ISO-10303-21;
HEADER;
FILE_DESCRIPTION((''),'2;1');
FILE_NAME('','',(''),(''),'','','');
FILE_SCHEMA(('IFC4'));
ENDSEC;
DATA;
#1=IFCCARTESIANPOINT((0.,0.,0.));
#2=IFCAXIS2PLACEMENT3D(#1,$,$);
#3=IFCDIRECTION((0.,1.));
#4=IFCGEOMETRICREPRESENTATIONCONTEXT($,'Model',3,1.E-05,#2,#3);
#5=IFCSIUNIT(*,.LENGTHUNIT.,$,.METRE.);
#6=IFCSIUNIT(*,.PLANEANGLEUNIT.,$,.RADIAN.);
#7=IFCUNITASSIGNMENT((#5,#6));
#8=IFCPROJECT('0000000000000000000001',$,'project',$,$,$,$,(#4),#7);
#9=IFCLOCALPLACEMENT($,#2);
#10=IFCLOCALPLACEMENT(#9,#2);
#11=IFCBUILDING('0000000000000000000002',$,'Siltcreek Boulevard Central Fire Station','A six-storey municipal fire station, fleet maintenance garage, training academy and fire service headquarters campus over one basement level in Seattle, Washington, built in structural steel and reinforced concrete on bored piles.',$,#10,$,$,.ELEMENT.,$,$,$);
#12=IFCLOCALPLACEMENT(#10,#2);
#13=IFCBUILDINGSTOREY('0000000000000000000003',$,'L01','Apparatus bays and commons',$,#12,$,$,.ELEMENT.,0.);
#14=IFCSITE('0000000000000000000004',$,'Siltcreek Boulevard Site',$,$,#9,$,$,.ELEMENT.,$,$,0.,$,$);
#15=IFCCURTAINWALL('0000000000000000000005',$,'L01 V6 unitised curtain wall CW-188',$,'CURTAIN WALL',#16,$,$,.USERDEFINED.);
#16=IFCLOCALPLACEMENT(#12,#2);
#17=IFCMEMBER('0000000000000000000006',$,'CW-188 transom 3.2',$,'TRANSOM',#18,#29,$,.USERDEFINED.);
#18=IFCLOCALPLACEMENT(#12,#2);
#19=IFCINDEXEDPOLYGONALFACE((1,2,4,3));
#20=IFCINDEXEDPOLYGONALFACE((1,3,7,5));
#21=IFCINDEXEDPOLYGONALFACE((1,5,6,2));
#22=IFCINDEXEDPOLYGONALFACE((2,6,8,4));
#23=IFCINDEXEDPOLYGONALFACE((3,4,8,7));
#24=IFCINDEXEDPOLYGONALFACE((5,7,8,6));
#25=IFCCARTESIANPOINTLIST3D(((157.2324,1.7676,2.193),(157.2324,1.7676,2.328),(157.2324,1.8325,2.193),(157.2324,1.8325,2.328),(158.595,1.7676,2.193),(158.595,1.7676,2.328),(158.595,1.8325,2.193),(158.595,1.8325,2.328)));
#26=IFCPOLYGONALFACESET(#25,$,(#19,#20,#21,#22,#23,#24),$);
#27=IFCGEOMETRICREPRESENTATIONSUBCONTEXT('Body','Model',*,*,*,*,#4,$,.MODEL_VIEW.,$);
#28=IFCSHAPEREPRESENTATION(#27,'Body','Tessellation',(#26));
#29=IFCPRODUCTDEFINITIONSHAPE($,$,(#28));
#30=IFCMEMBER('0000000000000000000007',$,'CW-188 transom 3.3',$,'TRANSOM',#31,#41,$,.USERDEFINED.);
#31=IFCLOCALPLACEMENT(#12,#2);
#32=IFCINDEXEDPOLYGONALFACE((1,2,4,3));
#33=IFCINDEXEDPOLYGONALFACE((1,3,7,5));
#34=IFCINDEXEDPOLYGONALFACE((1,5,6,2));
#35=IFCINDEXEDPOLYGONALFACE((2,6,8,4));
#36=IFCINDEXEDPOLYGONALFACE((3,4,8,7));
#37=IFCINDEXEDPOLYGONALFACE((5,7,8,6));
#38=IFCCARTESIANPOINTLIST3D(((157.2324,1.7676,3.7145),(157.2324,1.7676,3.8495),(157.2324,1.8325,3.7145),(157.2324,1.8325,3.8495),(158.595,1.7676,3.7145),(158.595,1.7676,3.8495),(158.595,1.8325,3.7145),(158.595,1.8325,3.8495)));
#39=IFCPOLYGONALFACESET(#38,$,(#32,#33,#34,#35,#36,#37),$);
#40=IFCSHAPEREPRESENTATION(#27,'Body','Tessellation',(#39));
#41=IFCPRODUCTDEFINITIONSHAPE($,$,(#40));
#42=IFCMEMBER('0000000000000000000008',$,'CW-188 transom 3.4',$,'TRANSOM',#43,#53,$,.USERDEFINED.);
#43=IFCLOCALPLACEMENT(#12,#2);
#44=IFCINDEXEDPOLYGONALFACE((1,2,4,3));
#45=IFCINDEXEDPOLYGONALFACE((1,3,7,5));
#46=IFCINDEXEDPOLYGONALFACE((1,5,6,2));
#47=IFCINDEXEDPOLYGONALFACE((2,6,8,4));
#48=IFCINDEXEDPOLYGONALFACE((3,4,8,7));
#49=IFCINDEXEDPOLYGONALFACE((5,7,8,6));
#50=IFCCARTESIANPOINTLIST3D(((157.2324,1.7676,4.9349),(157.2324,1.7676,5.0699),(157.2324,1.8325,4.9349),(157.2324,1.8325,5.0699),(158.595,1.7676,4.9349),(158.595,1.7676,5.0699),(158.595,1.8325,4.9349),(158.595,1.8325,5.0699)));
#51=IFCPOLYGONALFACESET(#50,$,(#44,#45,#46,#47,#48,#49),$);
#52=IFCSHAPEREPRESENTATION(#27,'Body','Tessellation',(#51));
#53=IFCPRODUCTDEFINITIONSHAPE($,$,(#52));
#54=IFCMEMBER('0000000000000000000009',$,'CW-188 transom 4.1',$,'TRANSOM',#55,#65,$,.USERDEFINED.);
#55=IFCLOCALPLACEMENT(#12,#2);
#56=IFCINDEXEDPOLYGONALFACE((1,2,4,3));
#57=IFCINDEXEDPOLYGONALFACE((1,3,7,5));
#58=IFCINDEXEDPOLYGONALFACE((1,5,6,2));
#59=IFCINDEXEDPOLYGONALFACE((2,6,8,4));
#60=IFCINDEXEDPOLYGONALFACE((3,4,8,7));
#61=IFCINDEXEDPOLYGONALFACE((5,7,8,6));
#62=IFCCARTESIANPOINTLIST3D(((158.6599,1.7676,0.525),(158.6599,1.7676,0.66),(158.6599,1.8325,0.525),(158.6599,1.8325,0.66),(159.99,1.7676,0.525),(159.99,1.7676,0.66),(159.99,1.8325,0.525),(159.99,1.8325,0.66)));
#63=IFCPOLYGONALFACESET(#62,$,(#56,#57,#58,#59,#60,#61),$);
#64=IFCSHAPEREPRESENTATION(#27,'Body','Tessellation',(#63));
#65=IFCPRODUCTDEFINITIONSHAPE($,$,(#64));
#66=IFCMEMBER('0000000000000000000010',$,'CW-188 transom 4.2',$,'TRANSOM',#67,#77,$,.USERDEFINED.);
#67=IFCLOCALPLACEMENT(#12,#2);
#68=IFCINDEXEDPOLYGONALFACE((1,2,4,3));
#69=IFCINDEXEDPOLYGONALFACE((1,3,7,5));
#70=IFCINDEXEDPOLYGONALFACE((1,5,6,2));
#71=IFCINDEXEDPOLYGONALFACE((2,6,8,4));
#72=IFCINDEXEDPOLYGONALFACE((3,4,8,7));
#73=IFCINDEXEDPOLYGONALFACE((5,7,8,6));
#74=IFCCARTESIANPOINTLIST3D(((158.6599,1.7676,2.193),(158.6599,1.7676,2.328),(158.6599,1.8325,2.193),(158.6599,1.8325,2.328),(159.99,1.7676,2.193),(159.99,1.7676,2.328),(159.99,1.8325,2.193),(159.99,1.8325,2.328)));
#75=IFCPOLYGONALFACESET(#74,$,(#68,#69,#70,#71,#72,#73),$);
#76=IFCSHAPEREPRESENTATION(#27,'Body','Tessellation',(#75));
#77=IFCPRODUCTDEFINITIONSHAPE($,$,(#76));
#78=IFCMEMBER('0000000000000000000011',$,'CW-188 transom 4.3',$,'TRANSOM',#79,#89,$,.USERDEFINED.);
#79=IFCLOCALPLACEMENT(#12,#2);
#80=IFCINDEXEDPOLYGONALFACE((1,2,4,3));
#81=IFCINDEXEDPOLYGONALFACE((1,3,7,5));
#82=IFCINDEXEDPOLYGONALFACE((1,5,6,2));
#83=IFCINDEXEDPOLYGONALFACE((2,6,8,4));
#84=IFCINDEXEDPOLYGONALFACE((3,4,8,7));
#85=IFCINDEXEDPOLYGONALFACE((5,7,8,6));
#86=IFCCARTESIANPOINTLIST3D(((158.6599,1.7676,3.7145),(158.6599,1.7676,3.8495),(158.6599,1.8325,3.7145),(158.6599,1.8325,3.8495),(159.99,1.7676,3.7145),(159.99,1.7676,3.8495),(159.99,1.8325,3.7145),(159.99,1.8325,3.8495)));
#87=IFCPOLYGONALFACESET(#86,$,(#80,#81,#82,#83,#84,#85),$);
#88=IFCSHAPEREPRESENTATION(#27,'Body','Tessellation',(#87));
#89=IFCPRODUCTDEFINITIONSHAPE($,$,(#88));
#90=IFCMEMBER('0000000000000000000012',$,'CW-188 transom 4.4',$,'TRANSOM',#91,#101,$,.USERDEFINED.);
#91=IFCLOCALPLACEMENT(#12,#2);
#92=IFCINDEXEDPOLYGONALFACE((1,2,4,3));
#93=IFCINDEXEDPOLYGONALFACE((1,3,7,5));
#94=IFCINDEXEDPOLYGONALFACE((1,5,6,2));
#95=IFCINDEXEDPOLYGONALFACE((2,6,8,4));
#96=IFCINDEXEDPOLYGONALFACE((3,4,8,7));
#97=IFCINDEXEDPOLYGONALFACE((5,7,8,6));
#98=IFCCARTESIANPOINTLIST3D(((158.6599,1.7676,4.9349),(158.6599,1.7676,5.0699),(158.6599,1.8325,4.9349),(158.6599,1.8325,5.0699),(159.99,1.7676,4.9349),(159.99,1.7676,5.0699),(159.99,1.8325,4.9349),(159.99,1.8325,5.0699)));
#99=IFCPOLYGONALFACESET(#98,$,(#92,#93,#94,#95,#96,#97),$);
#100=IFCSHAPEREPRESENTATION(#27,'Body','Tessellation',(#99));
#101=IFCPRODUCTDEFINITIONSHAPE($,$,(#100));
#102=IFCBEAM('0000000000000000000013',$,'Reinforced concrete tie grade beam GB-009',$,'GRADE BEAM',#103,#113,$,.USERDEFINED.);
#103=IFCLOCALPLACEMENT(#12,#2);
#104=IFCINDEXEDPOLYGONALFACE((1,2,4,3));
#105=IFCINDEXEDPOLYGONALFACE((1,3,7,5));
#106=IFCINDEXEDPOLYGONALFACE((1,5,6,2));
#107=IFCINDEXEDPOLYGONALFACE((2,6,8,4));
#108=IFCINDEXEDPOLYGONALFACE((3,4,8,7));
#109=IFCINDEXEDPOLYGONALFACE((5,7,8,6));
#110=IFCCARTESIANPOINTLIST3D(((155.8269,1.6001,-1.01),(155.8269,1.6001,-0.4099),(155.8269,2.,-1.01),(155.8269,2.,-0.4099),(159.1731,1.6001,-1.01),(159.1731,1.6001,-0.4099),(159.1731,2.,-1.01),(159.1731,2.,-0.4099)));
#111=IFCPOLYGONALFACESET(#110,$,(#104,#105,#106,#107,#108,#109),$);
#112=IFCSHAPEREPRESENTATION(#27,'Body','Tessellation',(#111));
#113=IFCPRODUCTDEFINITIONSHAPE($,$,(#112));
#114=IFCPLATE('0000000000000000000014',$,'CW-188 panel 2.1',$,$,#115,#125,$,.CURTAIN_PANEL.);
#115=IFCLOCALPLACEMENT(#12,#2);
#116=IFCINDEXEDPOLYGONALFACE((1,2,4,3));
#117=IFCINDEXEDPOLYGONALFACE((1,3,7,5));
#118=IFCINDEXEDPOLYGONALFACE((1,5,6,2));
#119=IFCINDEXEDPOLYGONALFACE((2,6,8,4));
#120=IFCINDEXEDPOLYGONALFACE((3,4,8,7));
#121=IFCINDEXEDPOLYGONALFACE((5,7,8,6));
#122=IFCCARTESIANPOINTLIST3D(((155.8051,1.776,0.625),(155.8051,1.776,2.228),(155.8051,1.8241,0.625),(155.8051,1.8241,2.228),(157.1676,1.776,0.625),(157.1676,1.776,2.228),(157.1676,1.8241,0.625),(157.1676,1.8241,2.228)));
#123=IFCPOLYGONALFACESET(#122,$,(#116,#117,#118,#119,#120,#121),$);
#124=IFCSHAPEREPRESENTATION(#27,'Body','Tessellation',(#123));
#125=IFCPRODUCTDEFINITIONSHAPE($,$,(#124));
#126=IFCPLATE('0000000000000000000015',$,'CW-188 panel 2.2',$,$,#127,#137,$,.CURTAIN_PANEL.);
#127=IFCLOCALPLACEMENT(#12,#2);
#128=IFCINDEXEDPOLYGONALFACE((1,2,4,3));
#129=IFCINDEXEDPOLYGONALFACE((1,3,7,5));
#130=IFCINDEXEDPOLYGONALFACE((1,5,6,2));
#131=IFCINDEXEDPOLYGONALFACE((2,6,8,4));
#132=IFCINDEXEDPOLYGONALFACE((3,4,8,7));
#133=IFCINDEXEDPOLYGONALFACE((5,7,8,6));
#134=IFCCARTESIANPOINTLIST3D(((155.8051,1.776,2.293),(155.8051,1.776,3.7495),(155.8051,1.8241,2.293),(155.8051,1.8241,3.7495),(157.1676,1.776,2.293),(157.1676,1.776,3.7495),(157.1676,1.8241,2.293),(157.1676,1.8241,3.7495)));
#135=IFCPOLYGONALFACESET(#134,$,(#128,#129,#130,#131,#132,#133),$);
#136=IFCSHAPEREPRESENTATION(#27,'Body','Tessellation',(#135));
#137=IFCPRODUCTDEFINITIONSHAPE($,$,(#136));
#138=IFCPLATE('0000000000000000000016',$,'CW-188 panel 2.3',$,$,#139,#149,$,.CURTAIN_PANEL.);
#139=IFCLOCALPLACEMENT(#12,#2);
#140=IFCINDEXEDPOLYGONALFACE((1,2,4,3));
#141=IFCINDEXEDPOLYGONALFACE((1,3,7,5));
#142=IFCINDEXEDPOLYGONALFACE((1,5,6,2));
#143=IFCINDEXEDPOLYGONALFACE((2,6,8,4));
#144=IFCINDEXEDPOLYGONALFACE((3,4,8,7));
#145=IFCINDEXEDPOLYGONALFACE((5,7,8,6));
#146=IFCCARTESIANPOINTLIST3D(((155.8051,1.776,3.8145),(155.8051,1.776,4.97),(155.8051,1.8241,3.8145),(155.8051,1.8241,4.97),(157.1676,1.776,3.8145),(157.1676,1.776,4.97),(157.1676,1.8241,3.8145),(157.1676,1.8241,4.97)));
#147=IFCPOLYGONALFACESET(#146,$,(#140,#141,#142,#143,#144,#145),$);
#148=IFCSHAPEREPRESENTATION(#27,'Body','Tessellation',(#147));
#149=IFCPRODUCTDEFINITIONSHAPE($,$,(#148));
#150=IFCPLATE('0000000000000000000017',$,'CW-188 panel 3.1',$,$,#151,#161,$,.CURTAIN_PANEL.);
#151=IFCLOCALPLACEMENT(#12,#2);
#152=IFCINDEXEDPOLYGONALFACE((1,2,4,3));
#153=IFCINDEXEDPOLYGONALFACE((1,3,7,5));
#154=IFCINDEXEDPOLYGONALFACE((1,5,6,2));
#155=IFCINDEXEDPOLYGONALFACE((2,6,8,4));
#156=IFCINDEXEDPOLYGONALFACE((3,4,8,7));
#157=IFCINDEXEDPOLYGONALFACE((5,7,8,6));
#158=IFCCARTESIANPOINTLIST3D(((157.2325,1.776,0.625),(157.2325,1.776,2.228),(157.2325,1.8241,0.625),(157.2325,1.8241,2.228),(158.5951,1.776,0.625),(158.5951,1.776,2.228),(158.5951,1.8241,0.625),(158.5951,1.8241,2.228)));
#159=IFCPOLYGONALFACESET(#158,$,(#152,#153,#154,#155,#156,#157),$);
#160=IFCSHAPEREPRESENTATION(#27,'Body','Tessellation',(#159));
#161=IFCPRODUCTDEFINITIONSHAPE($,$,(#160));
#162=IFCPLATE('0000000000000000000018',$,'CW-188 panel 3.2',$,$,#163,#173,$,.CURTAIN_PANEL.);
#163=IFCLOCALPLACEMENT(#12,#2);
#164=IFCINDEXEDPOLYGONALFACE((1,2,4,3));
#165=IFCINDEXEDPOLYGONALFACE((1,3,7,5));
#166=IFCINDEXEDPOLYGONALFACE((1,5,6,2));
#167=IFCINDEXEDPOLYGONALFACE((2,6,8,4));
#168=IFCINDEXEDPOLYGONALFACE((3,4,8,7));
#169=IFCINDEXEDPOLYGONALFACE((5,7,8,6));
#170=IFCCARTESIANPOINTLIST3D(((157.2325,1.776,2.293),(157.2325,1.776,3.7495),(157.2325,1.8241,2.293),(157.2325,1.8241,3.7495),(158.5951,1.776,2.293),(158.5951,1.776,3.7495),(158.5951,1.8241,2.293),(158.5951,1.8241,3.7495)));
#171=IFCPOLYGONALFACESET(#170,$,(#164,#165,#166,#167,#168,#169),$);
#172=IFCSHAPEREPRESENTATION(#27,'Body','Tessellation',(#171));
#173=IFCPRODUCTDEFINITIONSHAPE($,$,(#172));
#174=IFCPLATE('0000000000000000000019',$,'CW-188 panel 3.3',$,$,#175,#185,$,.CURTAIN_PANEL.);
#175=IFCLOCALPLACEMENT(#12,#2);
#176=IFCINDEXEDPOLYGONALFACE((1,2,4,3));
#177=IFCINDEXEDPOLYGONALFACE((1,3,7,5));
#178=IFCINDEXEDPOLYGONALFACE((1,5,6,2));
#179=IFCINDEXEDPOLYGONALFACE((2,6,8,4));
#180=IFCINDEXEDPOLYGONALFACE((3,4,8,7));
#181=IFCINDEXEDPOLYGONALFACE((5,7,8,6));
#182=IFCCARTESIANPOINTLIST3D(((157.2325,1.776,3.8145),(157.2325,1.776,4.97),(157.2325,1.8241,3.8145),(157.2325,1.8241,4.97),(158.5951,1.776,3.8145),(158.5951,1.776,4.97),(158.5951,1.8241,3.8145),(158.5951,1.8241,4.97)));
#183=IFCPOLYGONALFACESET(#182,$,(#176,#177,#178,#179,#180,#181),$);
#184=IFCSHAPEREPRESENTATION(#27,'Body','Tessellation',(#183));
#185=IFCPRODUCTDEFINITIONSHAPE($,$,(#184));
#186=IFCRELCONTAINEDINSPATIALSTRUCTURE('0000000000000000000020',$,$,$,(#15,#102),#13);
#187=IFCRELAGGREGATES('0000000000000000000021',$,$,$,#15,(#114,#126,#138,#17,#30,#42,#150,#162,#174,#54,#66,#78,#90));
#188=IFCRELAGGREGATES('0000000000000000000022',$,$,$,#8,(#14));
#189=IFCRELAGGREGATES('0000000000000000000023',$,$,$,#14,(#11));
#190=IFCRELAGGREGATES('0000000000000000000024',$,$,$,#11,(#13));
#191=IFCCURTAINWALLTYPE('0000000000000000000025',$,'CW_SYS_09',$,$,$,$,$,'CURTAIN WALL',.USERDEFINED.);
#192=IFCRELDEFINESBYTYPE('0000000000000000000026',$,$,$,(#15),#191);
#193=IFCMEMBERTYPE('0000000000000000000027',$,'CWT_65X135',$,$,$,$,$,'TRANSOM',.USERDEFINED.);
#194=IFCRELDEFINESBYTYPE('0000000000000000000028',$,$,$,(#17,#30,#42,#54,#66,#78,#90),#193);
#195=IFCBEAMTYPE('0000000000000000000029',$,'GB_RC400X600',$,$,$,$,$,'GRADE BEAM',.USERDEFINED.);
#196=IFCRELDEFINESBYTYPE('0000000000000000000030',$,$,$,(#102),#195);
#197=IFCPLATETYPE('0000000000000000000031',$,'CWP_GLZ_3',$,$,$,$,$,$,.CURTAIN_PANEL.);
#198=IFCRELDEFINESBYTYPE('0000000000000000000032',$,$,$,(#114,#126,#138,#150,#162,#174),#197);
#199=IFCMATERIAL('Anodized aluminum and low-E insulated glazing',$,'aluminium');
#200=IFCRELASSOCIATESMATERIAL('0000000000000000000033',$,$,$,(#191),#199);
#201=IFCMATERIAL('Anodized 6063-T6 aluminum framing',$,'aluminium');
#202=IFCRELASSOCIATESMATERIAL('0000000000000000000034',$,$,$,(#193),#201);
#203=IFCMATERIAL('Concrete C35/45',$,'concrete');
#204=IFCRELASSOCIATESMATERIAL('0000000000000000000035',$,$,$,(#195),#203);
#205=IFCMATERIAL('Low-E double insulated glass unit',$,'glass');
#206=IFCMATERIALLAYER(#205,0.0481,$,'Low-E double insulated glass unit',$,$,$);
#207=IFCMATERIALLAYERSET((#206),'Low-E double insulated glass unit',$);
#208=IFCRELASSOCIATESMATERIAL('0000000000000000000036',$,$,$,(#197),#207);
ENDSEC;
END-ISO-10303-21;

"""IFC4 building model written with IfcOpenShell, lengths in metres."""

from ifc_helpers import new_model, si_unit, direction, frame, origin, origin_2d, place, context, subcontext, project, spatial, rectangle, extrude, material, layer, layer_set, material_profile, profile_set, type_object, element, aggregate, save


model = new_model("IFC4")

# Units and contexts
model_context = context("Model", 3, precision=1e-05, world=origin(), true_north=direction((0.0, 1.0)))
body_context = subcontext(model_context, "Body", "Model", "MODEL_VIEW")
ifc_project = project(units=[si_unit("LENGTHUNIT", "METRE"), si_unit("PLANEANGLEUNIT", "RADIAN")], contexts=[model_context])

# Site, building, storey
site_placement = place(None, origin())
site = spatial("IfcSite", under=ifc_project, at=site_placement, Name="Siltcreek Boulevard Site", CompositionType="ELEMENT", RefElevation=0.0)
building_placement = place(site_placement, origin())
building = spatial("IfcBuilding", under=site, at=building_placement, Name="Siltcreek Boulevard Central Fire Station", Description="A six-storey municipal fire station, fleet maintenance garage, training academy and fire service headquarters campus over one basement level in Seattle, Washington, built in structural steel and reinforced concrete on bored piles.", CompositionType="ELEMENT")
storey_placement = place(building_placement, origin())
storey = spatial("IfcBuildingStorey", under=building, at=storey_placement, Name="L01", Description="Apparatus bays and commons", CompositionType="ELEMENT", Elevation=0.0)

# Shared definitions
ifc_material_1 = material(Name="Concrete C35/45", Category="concrete")

# Shared definitions
ifc_material_2 = material(Name="Anodized aluminum and low-E insulated glazing", Category="aluminium")
ifc_material_3 = material(Name="Anodized 6063-T6 aluminum framing", Category="aluminium")

# Curtain wall, members
curtain_wall_type_1 = type_object("IfcCurtainWallType", Name="CW_SYS_09", ElementType="CURTAIN WALL", PredefinedType="USERDEFINED", material=ifc_material_2)
curtain_wall_1_placement = place(storey_placement, origin())
curtain_wall_1 = element("IfcCurtainWall", 1, at=curtain_wall_1_placement, inside=storey, type_object=curtain_wall_type_1, Name="L01 V6 unitised curtain wall CW-188", ObjectType="CURTAIN WALL", PredefinedType="USERDEFINED")
ifc_material_profile_1 = material_profile(ifc_material_3, rectangle(XDim=0.0649, YDim=0.135, at=origin_2d()), Name="TRAN65X135")
ifc_profile_set_1 = profile_set([ifc_material_profile_1], Name="Anodized 6063-T6 aluminum framing")
member_type_1 = type_object("IfcMemberType", Name="CWT_65X135", ElementType="TRANSOM", PredefinedType="USERDEFINED", material=ifc_profile_set_1)
member_1_placement = place(storey_placement, frame((157.2324, 1.8, 2.2605), z_axis=(1.0, 0.0, 0.0), x_axis=(0.0, 1.0, 0.0)))
member_1 = element("IfcMember", 2, at=member_1_placement, type_object=member_type_1, Name="CW-188 transom 3.2", ObjectType="TRANSOM", PredefinedType="USERDEFINED", context=body_context, shape_type="SweptSolid", body=[
    extrude(rectangle(XDim=0.0649, YDim=0.135, at=origin_2d()), origin(), (0.0, 0.0, 1.0), 1.3625),
])
member_2_placement = place(storey_placement, frame((157.2324, 1.8, 3.782), z_axis=(1.0, 0.0, 0.0), x_axis=(0.0, 1.0, 0.0)))
member_2 = element("IfcMember", 3, at=member_2_placement, type_object=member_type_1, Name="CW-188 transom 3.3", ObjectType="TRANSOM", PredefinedType="USERDEFINED", context=body_context, shape_type="SweptSolid", body=[
    extrude(rectangle(XDim=0.0649, YDim=0.135, at=origin_2d()), origin(), (0.0, 0.0, 1.0), 1.3625),
])
member_3_placement = place(storey_placement, frame((157.2324, 1.8, 5.0024), z_axis=(1.0, 0.0, 0.0), x_axis=(0.0, 1.0, 0.0)))
member_3 = element("IfcMember", 4, at=member_3_placement, type_object=member_type_1, Name="CW-188 transom 3.4", ObjectType="TRANSOM", PredefinedType="USERDEFINED", context=body_context, shape_type="SweptSolid", body=[
    extrude(rectangle(XDim=0.0649, YDim=0.135, at=origin_2d()), origin(), (0.0, 0.0, 1.0), 1.3625),
])
member_4_placement = place(storey_placement, frame((158.6599, 1.8, 0.5925), z_axis=(1.0, 0.0, 0.0), x_axis=(0.0, 1.0, 0.0)))
member_4 = element("IfcMember", 5, at=member_4_placement, type_object=member_type_1, Name="CW-188 transom 4.1", ObjectType="TRANSOM", PredefinedType="USERDEFINED", context=body_context, shape_type="SweptSolid", body=[
    extrude(rectangle(XDim=0.0649, YDim=0.135, at=origin_2d()), origin(), (0.0, 0.0, 1.0), 1.3301),
])
member_5_placement = place(storey_placement, frame((158.6599, 1.8, 2.2605), z_axis=(1.0, 0.0, 0.0), x_axis=(0.0, 1.0, 0.0)))
member_5 = element("IfcMember", 6, at=member_5_placement, type_object=member_type_1, Name="CW-188 transom 4.2", ObjectType="TRANSOM", PredefinedType="USERDEFINED", context=body_context, shape_type="SweptSolid", body=[
    extrude(rectangle(XDim=0.0649, YDim=0.135, at=origin_2d()), origin(), (0.0, 0.0, 1.0), 1.3301),
])
member_6_placement = place(storey_placement, frame((158.6599, 1.8, 3.782), z_axis=(1.0, 0.0, 0.0), x_axis=(0.0, 1.0, 0.0)))
member_6 = element("IfcMember", 7, at=member_6_placement, type_object=member_type_1, Name="CW-188 transom 4.3", ObjectType="TRANSOM", PredefinedType="USERDEFINED", context=body_context, shape_type="SweptSolid", body=[
    extrude(rectangle(XDim=0.0649, YDim=0.135, at=origin_2d()), origin(), (0.0, 0.0, 1.0), 1.3301),
])
member_7_placement = place(storey_placement, frame((158.6599, 1.8, 5.0024), z_axis=(1.0, 0.0, 0.0), x_axis=(0.0, 1.0, 0.0)))
member_7 = element("IfcMember", 8, at=member_7_placement, type_object=member_type_1, Name="CW-188 transom 4.4", ObjectType="TRANSOM", PredefinedType="USERDEFINED", context=body_context, shape_type="SweptSolid", body=[
    extrude(rectangle(XDim=0.0649, YDim=0.135, at=origin_2d()), origin(), (0.0, 0.0, 1.0), 1.3301),
])

# Beam
ifc_material_profile_2 = material_profile(ifc_material_1, rectangle(XDim=0.3999, YDim=0.6001, at=origin_2d()), Name="RC400X600")
ifc_profile_set_2 = profile_set([ifc_material_profile_2], Name="Concrete C35/45")
beam_type = type_object("IfcBeamType", Name="GB_RC400X600", ElementType="GRADE BEAM", PredefinedType="USERDEFINED", material=ifc_profile_set_2)
beam_placement = place(storey_placement, frame((155.8269, 1.8, -0.71), z_axis=(1.0, 0.0, 0.0), x_axis=(0.0, 1.0, 0.0)))
element("IfcBeam", 9, at=beam_placement, inside=storey, type_object=beam_type, Name="Reinforced concrete tie grade beam GB-009", ObjectType="GRADE BEAM", PredefinedType="USERDEFINED", context=body_context, shape_type="SweptSolid", body=[
    extrude(rectangle(XDim=0.3999, YDim=0.6001, at=origin_2d()), origin(), (0.0, 0.0, 1.0), 3.3462),
])

# Plates
ifc_material_4 = material(Name="Low-E double insulated glass unit", Category="glass")
ifc_layer_1 = layer(ifc_material_4, 0.0481, Name="Low-E double insulated glass unit")
ifc_layer_set_1 = layer_set([ifc_layer_1], Name="Low-E double insulated glass unit")
plate_type = type_object("IfcPlateType", Name="CWP_GLZ_3", PredefinedType="CURTAIN_PANEL", material=ifc_layer_set_1)
plate_1_placement = place(storey_placement, frame((156.4863, 1.8, 0.625), z_axis=(0.0, 0.0, 1.0), x_axis=(1.0, 0.0, 0.0)))
plate_1 = element("IfcPlate", 10, at=plate_1_placement, type_object=plate_type, Name="CW-188 panel 2.1", PredefinedType="CURTAIN_PANEL", context=body_context, shape_type="SweptSolid", body=[
    extrude(rectangle(XDim=1.3625, YDim=0.0481, at=origin_2d()), origin(), (0.0, 0.0, 1.0), 1.603),
])
plate_2_placement = place(storey_placement, frame((156.4863, 1.8, 2.293), z_axis=(0.0, 0.0, 1.0), x_axis=(1.0, 0.0, 0.0)))
plate_2 = element("IfcPlate", 11, at=plate_2_placement, type_object=plate_type, Name="CW-188 panel 2.2", PredefinedType="CURTAIN_PANEL", context=body_context, shape_type="SweptSolid", body=[
    extrude(rectangle(XDim=1.3625, YDim=0.0481, at=origin_2d()), origin(), (0.0, 0.0, 1.0), 1.4565),
])
plate_3_placement = place(storey_placement, frame((156.4863, 1.8, 3.8145), z_axis=(0.0, 0.0, 1.0), x_axis=(1.0, 0.0, 0.0)))
plate_3 = element("IfcPlate", 12, at=plate_3_placement, type_object=plate_type, Name="CW-188 panel 2.3", PredefinedType="CURTAIN_PANEL", context=body_context, shape_type="SweptSolid", body=[
    extrude(rectangle(XDim=1.3625, YDim=0.0481, at=origin_2d()), origin(), (0.0, 0.0, 1.0), 1.1555),
])
plate_4_placement = place(storey_placement, frame((157.9138, 1.8, 0.625), z_axis=(0.0, 0.0, 1.0), x_axis=(1.0, 0.0, 0.0)))
plate_4 = element("IfcPlate", 13, at=plate_4_placement, type_object=plate_type, Name="CW-188 panel 3.1", PredefinedType="CURTAIN_PANEL", context=body_context, shape_type="SweptSolid", body=[
    extrude(rectangle(XDim=1.3625, YDim=0.0481, at=origin_2d()), origin(), (0.0, 0.0, 1.0), 1.603),
])
plate_5_placement = place(storey_placement, frame((157.9138, 1.8, 2.293), z_axis=(0.0, 0.0, 1.0), x_axis=(1.0, 0.0, 0.0)))
plate_5 = element("IfcPlate", 14, at=plate_5_placement, type_object=plate_type, Name="CW-188 panel 3.2", PredefinedType="CURTAIN_PANEL", context=body_context, shape_type="SweptSolid", body=[
    extrude(rectangle(XDim=1.3625, YDim=0.0481, at=origin_2d()), origin(), (0.0, 0.0, 1.0), 1.4565),
])
plate_6_placement = place(storey_placement, frame((157.9138, 1.8, 3.8145), z_axis=(0.0, 0.0, 1.0), x_axis=(1.0, 0.0, 0.0)))
plate_6 = element("IfcPlate", 15, at=plate_6_placement, type_object=plate_type, Name="CW-188 panel 3.3", PredefinedType="CURTAIN_PANEL", context=body_context, shape_type="SweptSolid", body=[
    extrude(rectangle(XDim=1.3625, YDim=0.0481, at=origin_2d()), origin(), (0.0, 0.0, 1.0), 1.1555),
])
aggregate(curtain_wall_1, [plate_1, plate_2, plate_3, member_1, member_2, member_3, plate_4, plate_5, plate_6, member_4, member_5, member_6, member_7])

save(model, "model.ifc")
